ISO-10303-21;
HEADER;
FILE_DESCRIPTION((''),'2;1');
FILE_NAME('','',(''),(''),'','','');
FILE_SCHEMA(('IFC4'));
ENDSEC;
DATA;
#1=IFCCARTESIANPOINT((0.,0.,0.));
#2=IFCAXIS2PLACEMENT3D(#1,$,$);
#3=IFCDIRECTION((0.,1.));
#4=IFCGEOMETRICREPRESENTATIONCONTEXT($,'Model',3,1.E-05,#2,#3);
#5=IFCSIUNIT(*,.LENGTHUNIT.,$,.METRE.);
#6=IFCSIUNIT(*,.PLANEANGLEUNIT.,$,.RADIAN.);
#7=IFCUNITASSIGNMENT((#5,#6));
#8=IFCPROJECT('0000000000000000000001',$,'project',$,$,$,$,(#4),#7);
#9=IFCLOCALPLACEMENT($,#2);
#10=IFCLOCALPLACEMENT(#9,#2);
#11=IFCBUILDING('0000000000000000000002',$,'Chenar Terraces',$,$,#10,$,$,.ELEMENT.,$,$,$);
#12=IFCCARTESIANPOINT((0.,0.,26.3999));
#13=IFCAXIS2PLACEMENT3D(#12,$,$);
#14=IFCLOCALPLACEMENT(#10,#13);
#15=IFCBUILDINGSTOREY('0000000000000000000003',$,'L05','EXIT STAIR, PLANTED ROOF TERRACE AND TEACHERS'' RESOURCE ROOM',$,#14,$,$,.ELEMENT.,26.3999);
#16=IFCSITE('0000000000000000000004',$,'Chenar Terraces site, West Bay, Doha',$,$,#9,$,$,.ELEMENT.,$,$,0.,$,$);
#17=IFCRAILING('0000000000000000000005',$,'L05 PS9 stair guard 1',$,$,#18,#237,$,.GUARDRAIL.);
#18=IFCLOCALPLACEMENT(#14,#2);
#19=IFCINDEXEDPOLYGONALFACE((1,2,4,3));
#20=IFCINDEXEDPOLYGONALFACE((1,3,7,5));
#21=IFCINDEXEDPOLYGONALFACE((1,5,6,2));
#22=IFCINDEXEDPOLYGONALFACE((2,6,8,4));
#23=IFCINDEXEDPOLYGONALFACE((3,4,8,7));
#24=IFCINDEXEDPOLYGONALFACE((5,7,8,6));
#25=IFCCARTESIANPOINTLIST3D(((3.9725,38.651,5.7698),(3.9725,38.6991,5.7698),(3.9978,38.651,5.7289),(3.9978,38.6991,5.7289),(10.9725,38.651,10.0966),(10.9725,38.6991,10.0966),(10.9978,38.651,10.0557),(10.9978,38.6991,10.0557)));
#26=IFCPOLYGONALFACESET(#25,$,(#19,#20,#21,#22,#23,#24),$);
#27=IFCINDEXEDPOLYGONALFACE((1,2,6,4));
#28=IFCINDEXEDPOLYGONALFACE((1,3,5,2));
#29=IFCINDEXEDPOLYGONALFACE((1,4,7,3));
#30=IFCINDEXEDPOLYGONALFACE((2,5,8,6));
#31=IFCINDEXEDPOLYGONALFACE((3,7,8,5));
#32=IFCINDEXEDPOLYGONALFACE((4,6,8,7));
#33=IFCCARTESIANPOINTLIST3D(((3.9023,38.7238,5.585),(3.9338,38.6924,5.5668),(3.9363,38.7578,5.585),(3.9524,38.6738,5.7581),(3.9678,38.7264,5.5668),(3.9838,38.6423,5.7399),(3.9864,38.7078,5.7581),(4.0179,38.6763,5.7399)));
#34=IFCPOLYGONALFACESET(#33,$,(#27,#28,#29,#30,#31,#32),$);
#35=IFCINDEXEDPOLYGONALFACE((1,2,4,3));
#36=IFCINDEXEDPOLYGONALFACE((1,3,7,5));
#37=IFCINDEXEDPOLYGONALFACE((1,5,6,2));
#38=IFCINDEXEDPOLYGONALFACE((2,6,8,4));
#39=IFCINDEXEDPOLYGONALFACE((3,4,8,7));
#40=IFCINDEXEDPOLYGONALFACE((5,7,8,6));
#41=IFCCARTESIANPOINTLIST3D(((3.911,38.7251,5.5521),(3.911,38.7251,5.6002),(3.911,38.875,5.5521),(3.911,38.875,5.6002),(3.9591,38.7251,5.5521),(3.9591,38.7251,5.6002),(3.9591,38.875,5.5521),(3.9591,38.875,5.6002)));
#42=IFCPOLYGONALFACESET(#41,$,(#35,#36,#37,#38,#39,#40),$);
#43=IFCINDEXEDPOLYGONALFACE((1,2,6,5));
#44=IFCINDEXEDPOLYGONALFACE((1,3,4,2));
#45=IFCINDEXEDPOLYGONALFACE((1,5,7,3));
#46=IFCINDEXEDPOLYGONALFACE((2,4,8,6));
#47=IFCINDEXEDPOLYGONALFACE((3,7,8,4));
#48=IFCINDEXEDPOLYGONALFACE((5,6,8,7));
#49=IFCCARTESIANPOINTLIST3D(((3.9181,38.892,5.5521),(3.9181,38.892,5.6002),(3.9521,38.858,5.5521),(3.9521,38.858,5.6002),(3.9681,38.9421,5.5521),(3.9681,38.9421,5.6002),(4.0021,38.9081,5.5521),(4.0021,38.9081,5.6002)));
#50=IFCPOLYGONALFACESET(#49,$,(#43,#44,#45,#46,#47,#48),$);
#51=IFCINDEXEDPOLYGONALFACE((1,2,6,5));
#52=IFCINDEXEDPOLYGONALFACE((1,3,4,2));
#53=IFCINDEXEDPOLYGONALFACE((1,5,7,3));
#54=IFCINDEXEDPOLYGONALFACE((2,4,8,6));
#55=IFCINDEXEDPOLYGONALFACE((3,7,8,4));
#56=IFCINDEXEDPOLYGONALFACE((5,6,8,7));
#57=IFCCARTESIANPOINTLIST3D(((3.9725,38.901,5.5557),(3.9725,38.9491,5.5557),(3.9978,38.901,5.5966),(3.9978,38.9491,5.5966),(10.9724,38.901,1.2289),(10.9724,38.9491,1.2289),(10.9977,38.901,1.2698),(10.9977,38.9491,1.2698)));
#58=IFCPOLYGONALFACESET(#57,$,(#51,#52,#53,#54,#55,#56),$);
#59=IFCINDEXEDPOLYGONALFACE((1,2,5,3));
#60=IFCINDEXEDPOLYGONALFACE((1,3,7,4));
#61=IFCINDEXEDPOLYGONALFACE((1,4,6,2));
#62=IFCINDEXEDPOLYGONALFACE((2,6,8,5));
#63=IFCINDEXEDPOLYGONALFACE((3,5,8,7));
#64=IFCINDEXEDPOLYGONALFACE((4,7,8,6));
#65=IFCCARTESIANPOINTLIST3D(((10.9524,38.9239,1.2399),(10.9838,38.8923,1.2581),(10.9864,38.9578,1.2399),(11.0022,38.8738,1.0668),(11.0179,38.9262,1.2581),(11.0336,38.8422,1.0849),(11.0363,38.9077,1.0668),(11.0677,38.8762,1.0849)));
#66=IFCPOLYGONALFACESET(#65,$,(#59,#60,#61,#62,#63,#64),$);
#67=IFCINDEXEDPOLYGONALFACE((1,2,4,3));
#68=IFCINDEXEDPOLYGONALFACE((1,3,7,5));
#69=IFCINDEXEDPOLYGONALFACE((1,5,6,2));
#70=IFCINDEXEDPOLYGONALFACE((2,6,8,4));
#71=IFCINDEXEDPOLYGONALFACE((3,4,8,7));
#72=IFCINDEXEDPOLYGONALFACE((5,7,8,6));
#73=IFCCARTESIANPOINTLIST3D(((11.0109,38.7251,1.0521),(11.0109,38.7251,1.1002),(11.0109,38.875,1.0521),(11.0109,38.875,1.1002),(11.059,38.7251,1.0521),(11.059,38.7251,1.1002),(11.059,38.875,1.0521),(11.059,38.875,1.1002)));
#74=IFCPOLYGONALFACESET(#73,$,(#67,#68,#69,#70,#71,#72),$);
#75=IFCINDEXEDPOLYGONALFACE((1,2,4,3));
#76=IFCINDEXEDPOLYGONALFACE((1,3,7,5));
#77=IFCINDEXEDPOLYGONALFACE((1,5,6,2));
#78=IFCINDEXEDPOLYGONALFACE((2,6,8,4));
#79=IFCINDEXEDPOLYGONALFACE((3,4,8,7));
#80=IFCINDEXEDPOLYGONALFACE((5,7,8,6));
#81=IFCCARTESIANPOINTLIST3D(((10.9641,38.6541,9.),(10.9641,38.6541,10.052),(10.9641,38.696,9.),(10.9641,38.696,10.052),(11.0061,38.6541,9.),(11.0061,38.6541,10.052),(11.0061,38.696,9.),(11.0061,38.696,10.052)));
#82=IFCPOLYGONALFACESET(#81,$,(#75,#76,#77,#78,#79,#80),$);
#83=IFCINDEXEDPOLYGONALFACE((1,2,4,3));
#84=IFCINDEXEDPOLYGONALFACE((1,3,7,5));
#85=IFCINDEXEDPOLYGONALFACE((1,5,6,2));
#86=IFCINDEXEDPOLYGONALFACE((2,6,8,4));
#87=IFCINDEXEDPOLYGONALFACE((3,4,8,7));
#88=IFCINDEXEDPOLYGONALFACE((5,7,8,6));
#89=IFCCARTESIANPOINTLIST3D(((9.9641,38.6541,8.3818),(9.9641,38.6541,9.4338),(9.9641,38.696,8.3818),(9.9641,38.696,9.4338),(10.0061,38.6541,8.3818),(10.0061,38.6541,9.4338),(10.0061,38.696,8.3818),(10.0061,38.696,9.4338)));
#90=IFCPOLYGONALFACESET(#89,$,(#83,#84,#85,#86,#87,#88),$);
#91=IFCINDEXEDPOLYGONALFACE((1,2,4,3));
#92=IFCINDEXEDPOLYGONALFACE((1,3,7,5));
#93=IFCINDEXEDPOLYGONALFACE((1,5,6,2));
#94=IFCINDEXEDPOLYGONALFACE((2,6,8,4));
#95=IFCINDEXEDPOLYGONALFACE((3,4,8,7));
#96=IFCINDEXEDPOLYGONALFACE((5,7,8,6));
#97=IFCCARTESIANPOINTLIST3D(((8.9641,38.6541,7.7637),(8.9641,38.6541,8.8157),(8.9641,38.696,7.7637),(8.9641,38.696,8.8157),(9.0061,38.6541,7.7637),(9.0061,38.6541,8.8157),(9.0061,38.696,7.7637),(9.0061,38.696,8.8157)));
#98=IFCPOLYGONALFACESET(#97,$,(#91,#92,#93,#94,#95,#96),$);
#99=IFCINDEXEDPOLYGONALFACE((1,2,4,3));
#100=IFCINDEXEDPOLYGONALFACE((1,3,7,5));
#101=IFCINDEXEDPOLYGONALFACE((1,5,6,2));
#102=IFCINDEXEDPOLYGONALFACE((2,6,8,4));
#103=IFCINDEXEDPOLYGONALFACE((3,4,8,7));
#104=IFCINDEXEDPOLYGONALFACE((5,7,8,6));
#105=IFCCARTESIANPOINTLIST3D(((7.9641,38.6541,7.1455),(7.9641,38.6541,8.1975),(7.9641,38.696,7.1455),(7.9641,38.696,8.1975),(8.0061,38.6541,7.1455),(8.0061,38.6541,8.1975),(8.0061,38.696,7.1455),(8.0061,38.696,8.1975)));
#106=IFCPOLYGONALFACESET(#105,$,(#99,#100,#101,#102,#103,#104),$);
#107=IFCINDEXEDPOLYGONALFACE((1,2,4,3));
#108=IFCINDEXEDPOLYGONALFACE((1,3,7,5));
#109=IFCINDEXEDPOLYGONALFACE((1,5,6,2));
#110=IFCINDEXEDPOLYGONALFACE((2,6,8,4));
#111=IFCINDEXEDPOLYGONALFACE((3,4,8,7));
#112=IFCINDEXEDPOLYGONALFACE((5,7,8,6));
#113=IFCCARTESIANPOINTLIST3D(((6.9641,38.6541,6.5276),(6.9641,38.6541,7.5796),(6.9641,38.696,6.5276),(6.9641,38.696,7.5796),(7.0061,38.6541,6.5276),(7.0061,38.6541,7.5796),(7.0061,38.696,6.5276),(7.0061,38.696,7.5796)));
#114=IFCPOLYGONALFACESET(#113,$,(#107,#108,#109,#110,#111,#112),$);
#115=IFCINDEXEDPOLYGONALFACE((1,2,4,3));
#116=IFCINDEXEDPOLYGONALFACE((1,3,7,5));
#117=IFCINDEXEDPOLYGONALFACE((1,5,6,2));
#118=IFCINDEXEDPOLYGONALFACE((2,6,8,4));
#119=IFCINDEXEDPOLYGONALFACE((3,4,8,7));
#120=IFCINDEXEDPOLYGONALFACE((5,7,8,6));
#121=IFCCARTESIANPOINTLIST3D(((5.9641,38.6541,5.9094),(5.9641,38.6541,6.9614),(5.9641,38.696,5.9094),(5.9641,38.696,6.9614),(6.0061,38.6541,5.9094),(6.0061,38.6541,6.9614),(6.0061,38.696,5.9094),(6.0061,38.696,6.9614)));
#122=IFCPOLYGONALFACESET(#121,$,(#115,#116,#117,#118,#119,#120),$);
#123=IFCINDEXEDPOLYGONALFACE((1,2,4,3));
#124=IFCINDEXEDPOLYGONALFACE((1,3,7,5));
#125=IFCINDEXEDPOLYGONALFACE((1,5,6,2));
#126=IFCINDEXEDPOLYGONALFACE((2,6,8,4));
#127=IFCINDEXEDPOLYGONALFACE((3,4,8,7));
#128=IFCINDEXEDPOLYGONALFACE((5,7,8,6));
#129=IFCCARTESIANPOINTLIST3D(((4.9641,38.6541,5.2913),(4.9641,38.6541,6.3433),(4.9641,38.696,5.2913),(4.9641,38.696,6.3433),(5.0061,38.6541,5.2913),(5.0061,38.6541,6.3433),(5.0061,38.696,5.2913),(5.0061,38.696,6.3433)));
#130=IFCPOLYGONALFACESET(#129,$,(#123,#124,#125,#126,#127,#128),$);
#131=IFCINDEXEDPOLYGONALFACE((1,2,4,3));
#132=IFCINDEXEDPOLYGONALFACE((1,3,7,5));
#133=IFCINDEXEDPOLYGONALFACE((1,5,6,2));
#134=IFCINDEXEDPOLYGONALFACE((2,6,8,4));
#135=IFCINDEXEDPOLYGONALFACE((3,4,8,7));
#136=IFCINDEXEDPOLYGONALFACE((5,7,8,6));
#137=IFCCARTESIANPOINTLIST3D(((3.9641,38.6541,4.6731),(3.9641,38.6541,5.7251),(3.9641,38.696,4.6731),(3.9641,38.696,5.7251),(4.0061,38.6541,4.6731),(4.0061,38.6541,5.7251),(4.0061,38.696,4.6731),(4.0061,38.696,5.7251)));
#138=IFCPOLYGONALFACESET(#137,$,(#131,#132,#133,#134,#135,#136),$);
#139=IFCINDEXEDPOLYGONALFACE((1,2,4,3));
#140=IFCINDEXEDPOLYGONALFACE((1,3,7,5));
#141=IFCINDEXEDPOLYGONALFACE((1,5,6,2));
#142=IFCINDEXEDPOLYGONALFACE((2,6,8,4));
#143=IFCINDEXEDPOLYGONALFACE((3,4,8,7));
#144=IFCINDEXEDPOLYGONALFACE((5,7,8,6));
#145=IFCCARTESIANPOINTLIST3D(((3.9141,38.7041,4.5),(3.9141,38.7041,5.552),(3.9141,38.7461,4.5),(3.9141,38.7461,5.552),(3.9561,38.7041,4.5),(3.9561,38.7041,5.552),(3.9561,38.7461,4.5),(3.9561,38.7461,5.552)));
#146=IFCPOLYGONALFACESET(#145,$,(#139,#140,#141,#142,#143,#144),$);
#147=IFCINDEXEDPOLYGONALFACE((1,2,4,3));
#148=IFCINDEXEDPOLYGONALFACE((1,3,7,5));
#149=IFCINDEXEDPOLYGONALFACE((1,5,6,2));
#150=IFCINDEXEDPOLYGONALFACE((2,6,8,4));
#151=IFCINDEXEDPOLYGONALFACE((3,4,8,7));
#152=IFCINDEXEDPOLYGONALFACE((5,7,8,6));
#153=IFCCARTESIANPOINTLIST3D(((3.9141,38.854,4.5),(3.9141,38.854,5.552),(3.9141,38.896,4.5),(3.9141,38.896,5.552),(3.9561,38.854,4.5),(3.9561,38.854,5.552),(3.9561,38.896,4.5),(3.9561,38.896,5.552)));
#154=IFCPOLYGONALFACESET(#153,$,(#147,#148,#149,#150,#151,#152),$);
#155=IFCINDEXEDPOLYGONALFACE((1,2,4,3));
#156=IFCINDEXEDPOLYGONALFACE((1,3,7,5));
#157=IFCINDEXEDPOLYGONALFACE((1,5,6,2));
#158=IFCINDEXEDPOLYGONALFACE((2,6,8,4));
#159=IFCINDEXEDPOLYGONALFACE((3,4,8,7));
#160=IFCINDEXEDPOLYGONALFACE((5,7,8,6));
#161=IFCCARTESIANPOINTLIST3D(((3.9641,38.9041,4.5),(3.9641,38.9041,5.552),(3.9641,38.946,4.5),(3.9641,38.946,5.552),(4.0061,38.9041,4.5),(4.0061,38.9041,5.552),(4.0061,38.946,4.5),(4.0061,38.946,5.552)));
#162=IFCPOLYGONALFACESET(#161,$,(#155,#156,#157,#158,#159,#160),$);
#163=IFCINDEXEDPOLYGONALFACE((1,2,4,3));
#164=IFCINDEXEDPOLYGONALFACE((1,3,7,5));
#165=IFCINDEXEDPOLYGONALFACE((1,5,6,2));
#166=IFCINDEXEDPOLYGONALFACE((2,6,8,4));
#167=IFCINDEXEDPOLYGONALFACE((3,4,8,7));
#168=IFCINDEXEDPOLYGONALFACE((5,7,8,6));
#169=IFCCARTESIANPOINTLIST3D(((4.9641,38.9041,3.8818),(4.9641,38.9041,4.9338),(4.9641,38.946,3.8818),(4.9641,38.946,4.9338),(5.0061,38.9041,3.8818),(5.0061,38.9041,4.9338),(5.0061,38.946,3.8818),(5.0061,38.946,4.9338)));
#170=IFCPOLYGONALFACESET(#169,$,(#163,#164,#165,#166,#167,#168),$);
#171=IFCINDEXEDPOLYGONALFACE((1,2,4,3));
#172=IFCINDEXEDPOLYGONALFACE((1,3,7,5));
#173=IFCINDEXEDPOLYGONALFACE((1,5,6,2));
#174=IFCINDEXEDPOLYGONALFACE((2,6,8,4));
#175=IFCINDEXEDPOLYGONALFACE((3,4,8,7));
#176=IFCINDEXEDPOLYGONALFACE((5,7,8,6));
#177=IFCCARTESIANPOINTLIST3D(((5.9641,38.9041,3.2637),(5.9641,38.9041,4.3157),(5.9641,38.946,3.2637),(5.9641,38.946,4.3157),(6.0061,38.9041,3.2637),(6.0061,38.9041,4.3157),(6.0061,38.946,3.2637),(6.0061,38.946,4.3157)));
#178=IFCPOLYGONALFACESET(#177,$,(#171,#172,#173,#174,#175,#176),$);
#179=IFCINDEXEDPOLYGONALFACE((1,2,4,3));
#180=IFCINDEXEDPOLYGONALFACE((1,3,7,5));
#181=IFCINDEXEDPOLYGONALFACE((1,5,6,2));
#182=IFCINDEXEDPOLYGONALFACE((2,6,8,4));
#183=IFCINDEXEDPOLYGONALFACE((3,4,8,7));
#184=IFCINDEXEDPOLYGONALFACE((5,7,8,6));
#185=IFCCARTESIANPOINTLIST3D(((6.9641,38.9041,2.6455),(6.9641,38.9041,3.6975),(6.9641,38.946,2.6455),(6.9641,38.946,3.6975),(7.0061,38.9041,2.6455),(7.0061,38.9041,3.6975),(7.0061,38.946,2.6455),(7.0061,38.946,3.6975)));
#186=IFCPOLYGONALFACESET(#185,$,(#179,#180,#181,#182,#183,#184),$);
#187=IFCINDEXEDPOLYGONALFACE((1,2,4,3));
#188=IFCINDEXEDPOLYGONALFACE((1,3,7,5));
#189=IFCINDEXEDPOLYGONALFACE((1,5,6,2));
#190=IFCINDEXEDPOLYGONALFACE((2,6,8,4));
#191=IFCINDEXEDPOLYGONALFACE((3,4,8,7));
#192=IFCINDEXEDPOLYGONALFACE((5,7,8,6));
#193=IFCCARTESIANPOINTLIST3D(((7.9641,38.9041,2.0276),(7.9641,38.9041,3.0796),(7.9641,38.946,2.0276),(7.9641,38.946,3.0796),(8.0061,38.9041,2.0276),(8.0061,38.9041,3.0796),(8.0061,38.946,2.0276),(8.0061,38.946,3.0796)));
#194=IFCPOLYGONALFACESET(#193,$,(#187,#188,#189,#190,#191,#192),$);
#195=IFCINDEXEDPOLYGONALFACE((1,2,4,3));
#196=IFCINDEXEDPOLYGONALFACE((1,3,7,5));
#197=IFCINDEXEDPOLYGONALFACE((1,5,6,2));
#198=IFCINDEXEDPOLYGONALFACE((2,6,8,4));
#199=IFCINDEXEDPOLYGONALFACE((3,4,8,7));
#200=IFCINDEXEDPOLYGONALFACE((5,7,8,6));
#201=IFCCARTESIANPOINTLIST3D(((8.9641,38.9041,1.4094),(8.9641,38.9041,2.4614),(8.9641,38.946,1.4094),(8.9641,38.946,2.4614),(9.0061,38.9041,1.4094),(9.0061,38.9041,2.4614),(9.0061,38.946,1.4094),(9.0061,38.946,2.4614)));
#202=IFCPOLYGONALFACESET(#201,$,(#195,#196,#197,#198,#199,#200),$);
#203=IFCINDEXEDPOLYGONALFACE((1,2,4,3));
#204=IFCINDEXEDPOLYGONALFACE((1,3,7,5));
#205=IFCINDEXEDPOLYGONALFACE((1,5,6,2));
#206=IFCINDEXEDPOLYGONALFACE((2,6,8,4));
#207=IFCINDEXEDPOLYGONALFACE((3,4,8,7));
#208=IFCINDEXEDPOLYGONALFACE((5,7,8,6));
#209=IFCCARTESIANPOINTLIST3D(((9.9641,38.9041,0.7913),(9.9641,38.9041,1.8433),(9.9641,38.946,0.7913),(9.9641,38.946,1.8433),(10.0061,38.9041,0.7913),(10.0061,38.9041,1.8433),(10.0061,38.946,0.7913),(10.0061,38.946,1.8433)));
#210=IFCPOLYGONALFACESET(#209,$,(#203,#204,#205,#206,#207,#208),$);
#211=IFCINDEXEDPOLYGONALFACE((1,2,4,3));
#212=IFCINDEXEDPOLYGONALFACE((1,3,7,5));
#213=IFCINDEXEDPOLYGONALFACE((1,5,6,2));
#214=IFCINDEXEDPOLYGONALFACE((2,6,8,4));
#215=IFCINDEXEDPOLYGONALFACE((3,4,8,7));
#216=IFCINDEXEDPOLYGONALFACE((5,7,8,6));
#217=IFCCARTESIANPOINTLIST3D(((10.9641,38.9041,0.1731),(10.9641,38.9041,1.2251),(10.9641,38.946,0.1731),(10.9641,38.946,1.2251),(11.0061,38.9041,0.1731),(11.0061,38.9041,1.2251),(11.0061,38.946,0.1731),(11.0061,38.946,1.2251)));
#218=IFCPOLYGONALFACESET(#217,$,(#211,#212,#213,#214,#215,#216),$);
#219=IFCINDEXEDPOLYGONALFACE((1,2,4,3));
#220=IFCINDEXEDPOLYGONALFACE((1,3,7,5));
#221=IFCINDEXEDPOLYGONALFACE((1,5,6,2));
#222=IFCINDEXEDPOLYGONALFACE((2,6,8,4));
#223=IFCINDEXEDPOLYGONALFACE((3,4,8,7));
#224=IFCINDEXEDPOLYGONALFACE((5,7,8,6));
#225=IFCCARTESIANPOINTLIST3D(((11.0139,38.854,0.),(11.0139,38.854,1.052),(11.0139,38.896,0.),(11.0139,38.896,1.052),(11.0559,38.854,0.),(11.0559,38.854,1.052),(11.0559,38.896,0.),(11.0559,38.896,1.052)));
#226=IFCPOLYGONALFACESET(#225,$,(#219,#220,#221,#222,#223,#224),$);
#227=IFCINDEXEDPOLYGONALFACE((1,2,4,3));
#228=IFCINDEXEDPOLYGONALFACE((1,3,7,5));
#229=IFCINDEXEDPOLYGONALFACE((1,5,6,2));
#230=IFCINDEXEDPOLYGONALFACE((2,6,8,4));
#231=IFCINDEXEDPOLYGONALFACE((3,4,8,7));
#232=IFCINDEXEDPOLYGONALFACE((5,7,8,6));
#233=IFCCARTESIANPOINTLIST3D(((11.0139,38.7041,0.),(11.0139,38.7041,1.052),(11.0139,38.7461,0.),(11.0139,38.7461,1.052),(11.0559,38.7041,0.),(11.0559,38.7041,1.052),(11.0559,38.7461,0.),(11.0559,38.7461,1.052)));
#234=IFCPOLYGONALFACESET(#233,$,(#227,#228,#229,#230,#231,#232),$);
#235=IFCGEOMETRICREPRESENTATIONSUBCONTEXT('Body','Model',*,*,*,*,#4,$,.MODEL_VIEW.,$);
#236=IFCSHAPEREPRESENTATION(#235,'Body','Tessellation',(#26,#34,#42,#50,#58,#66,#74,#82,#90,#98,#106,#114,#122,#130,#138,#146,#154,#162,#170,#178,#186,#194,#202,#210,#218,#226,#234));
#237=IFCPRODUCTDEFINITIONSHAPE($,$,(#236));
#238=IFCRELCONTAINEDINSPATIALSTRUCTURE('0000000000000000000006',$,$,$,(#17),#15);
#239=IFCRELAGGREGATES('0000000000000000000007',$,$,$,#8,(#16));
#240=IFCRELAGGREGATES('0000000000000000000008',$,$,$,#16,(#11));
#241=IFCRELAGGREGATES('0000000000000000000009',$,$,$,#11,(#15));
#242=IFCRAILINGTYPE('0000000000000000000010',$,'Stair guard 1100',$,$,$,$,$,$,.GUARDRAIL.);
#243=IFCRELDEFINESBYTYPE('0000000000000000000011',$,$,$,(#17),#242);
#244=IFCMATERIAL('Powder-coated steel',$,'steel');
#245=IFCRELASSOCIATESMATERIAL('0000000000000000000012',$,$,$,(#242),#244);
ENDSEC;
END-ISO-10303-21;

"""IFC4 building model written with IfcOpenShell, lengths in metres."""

from ifc_helpers import new_model, si_unit, direction, frame, origin, origin_2d, place, context, subcontext, project, spatial, rectangle, extrude, material, type_object, element, save


model = new_model("IFC4")

# Units and contexts
model_context = context("Model", 3, precision=1e-05, world=origin(), true_north=direction((0.0, 1.0)))
body_context = subcontext(model_context, "Body", "Model", "MODEL_VIEW")
ifc_project = project(units=[si_unit("LENGTHUNIT", "METRE"), si_unit("PLANEANGLEUNIT", "RADIAN")], contexts=[model_context])

# Site, building, storey
site_placement = place(None, origin())
site = spatial("IfcSite", under=ifc_project, at=site_placement, Name="Chenar Terraces site, West Bay, Doha", CompositionType="ELEMENT", RefElevation=0.0)
building_placement = place(site_placement, origin())
building = spatial("IfcBuilding", under=site, at=building_placement, Name="Chenar Terraces", CompositionType="ELEMENT")
storey_placement = place(building_placement, frame((0.0, 0.0, 26.3999)))
storey = spatial("IfcBuildingStorey", under=building, at=storey_placement, Name="L05", Description="EXIT STAIR, PLANTED ROOF TERRACE AND TEACHERS' RESOURCE ROOM", CompositionType="ELEMENT", Elevation=26.3999)

# Railing
ifc_material_1 = material(Name="Powder-coated steel", Category="steel")
railing_type_1 = type_object("IfcRailingType", Name="Stair guard 1100", PredefinedType="GUARDRAIL", material=ifc_material_1)
railing_1_placement = place(storey_placement, frame((10.9851, 38.675, 9.0)))
element("IfcRailing", 1, at=railing_1_placement, inside=storey, type_object=railing_type_1, Name="L05 PS9 stair guard 1", PredefinedType="GUARDRAIL", context=body_context, shape_type="SweptSolid", body=[
    extrude(rectangle(XDim=0.0481, YDim=0.0481, at=origin_2d()), frame((0.0, 0.0, 1.0762), z_axis=(-0.850615, 0.0, -0.52579), x_axis=(0.0, -1.0, 0.0)), (0.0, 0.0, 1.0), 8.2292),
    extrude(rectangle(XDim=0.0481, YDim=0.0481, at=origin_2d()), frame((-7.0, 0.0, -3.251), z_axis=(-0.26763, 0.26763, -0.925607), x_axis=(-0.707107, -0.707107, 0.0)), (0.0, 0.0, 1.0), 0.187),
    extrude(rectangle(XDim=0.0481, YDim=0.0481, at=origin_2d()), frame((-7.05, 0.05, -3.4238), z_axis=(0.0, 1.0, 0.0), x_axis=(-1.0, 0.0, 0.0)), (0.0, 0.0, 1.0), 0.1499),
    extrude(rectangle(XDim=0.0481, YDim=0.0481, at=origin_2d()), frame((-7.05, 0.2, -3.4238), z_axis=(0.707107, 0.707107, 0.0), x_axis=(-0.707107, 0.707107, 0.0)), (0.0, 0.0, 1.0), 0.0708),
    extrude(rectangle(XDim=0.0481, YDim=0.0481, at=origin_2d()), frame((-7.0, 0.25, -3.4238), z_axis=(0.850615, 0.0, -0.52579), x_axis=(0.0, 1.0, 0.0)), (0.0, 0.0, 1.0), 8.2292),
    extrude(rectangle(XDim=0.0481, YDim=0.0481, at=origin_2d()), frame((0.0, 0.25, -7.751), z_axis=(0.266417, -0.267723, -0.92593), x_axis=(0.708834, 0.705376, 0.0)), (0.0, 0.0, 1.0), 0.187),
    extrude(rectangle(XDim=0.0481, YDim=0.0481, at=origin_2d()), frame((0.0498, 0.2, -7.9238), z_axis=(0.0, -1.0, 0.0), x_axis=(1.0, 0.0, 0.0)), (0.0, 0.0, 1.0), 0.1499),
    extrude(rectangle(XDim=0.042, YDim=0.042, at=origin_2d()), origin(), (0.0, 0.0, 1.0), 1.052),
    extrude(rectangle(XDim=0.042, YDim=0.042, at=origin_2d()), frame((-1.0, 0.0, -0.6182)), (0.0, 0.0, 1.0), 1.052),
    extrude(rectangle(XDim=0.042, YDim=0.042, at=origin_2d()), frame((-2.0, 0.0, -1.2363)), (0.0, 0.0, 1.0), 1.052),
    extrude(rectangle(XDim=0.042, YDim=0.042, at=origin_2d()), frame((-3.0, 0.0, -1.8545)), (0.0, 0.0, 1.0), 1.052),
    extrude(rectangle(XDim=0.042, YDim=0.042, at=origin_2d()), frame((-4.0, 0.0, -2.4724)), (0.0, 0.0, 1.0), 1.052),
    extrude(rectangle(XDim=0.042, YDim=0.042, at=origin_2d()), frame((-5.0, 0.0, -3.0906)), (0.0, 0.0, 1.0), 1.052),
    extrude(rectangle(XDim=0.042, YDim=0.042, at=origin_2d()), frame((-6.0, 0.0, -3.7087)), (0.0, 0.0, 1.0), 1.052),
    extrude(rectangle(XDim=0.042, YDim=0.042, at=origin_2d()), frame((-7.0, 0.0, -4.3269)), (0.0, 0.0, 1.0), 1.052),
    extrude(rectangle(XDim=0.042, YDim=0.042, at=origin_2d()), frame((-7.05, 0.05, -4.5)), (0.0, 0.0, 1.0), 1.052),
    extrude(rectangle(XDim=0.042, YDim=0.042, at=origin_2d()), frame((-7.05, 0.2, -4.5)), (0.0, 0.0, 1.0), 1.052),
    extrude(rectangle(XDim=0.042, YDim=0.042, at=origin_2d()), frame((-7.0, 0.25, -4.5)), (0.0, 0.0, 1.0), 1.052),
    extrude(rectangle(XDim=0.042, YDim=0.042, at=origin_2d()), frame((-6.0, 0.25, -5.1182)), (0.0, 0.0, 1.0), 1.052),
    extrude(rectangle(XDim=0.042, YDim=0.042, at=origin_2d()), frame((-5.0, 0.25, -5.7363)), (0.0, 0.0, 1.0), 1.052),
    extrude(rectangle(XDim=0.042, YDim=0.042, at=origin_2d()), frame((-4.0, 0.25, -6.3545)), (0.0, 0.0, 1.0), 1.052),
    extrude(rectangle(XDim=0.042, YDim=0.042, at=origin_2d()), frame((-3.0, 0.25, -6.9724)), (0.0, 0.0, 1.0), 1.052),
    extrude(rectangle(XDim=0.042, YDim=0.042, at=origin_2d()), frame((-2.0, 0.25, -7.5906)), (0.0, 0.0, 1.0), 1.052),
    extrude(rectangle(XDim=0.042, YDim=0.042, at=origin_2d()), frame((-1.0, 0.25, -8.2087)), (0.0, 0.0, 1.0), 1.052),
    extrude(rectangle(XDim=0.042, YDim=0.042, at=origin_2d()), frame((0.0, 0.25, -8.8269)), (0.0, 0.0, 1.0), 1.052),
    extrude(rectangle(XDim=0.042, YDim=0.042, at=origin_2d()), frame((0.0498, 0.2, -9.0)), (0.0, 0.0, 1.0), 1.052),
    extrude(rectangle(XDim=0.042, YDim=0.042, at=origin_2d()), frame((0.0498, 0.05, -9.0)), (0.0, 0.0, 1.0), 1.052),
])

save(model, "model.ifc")
